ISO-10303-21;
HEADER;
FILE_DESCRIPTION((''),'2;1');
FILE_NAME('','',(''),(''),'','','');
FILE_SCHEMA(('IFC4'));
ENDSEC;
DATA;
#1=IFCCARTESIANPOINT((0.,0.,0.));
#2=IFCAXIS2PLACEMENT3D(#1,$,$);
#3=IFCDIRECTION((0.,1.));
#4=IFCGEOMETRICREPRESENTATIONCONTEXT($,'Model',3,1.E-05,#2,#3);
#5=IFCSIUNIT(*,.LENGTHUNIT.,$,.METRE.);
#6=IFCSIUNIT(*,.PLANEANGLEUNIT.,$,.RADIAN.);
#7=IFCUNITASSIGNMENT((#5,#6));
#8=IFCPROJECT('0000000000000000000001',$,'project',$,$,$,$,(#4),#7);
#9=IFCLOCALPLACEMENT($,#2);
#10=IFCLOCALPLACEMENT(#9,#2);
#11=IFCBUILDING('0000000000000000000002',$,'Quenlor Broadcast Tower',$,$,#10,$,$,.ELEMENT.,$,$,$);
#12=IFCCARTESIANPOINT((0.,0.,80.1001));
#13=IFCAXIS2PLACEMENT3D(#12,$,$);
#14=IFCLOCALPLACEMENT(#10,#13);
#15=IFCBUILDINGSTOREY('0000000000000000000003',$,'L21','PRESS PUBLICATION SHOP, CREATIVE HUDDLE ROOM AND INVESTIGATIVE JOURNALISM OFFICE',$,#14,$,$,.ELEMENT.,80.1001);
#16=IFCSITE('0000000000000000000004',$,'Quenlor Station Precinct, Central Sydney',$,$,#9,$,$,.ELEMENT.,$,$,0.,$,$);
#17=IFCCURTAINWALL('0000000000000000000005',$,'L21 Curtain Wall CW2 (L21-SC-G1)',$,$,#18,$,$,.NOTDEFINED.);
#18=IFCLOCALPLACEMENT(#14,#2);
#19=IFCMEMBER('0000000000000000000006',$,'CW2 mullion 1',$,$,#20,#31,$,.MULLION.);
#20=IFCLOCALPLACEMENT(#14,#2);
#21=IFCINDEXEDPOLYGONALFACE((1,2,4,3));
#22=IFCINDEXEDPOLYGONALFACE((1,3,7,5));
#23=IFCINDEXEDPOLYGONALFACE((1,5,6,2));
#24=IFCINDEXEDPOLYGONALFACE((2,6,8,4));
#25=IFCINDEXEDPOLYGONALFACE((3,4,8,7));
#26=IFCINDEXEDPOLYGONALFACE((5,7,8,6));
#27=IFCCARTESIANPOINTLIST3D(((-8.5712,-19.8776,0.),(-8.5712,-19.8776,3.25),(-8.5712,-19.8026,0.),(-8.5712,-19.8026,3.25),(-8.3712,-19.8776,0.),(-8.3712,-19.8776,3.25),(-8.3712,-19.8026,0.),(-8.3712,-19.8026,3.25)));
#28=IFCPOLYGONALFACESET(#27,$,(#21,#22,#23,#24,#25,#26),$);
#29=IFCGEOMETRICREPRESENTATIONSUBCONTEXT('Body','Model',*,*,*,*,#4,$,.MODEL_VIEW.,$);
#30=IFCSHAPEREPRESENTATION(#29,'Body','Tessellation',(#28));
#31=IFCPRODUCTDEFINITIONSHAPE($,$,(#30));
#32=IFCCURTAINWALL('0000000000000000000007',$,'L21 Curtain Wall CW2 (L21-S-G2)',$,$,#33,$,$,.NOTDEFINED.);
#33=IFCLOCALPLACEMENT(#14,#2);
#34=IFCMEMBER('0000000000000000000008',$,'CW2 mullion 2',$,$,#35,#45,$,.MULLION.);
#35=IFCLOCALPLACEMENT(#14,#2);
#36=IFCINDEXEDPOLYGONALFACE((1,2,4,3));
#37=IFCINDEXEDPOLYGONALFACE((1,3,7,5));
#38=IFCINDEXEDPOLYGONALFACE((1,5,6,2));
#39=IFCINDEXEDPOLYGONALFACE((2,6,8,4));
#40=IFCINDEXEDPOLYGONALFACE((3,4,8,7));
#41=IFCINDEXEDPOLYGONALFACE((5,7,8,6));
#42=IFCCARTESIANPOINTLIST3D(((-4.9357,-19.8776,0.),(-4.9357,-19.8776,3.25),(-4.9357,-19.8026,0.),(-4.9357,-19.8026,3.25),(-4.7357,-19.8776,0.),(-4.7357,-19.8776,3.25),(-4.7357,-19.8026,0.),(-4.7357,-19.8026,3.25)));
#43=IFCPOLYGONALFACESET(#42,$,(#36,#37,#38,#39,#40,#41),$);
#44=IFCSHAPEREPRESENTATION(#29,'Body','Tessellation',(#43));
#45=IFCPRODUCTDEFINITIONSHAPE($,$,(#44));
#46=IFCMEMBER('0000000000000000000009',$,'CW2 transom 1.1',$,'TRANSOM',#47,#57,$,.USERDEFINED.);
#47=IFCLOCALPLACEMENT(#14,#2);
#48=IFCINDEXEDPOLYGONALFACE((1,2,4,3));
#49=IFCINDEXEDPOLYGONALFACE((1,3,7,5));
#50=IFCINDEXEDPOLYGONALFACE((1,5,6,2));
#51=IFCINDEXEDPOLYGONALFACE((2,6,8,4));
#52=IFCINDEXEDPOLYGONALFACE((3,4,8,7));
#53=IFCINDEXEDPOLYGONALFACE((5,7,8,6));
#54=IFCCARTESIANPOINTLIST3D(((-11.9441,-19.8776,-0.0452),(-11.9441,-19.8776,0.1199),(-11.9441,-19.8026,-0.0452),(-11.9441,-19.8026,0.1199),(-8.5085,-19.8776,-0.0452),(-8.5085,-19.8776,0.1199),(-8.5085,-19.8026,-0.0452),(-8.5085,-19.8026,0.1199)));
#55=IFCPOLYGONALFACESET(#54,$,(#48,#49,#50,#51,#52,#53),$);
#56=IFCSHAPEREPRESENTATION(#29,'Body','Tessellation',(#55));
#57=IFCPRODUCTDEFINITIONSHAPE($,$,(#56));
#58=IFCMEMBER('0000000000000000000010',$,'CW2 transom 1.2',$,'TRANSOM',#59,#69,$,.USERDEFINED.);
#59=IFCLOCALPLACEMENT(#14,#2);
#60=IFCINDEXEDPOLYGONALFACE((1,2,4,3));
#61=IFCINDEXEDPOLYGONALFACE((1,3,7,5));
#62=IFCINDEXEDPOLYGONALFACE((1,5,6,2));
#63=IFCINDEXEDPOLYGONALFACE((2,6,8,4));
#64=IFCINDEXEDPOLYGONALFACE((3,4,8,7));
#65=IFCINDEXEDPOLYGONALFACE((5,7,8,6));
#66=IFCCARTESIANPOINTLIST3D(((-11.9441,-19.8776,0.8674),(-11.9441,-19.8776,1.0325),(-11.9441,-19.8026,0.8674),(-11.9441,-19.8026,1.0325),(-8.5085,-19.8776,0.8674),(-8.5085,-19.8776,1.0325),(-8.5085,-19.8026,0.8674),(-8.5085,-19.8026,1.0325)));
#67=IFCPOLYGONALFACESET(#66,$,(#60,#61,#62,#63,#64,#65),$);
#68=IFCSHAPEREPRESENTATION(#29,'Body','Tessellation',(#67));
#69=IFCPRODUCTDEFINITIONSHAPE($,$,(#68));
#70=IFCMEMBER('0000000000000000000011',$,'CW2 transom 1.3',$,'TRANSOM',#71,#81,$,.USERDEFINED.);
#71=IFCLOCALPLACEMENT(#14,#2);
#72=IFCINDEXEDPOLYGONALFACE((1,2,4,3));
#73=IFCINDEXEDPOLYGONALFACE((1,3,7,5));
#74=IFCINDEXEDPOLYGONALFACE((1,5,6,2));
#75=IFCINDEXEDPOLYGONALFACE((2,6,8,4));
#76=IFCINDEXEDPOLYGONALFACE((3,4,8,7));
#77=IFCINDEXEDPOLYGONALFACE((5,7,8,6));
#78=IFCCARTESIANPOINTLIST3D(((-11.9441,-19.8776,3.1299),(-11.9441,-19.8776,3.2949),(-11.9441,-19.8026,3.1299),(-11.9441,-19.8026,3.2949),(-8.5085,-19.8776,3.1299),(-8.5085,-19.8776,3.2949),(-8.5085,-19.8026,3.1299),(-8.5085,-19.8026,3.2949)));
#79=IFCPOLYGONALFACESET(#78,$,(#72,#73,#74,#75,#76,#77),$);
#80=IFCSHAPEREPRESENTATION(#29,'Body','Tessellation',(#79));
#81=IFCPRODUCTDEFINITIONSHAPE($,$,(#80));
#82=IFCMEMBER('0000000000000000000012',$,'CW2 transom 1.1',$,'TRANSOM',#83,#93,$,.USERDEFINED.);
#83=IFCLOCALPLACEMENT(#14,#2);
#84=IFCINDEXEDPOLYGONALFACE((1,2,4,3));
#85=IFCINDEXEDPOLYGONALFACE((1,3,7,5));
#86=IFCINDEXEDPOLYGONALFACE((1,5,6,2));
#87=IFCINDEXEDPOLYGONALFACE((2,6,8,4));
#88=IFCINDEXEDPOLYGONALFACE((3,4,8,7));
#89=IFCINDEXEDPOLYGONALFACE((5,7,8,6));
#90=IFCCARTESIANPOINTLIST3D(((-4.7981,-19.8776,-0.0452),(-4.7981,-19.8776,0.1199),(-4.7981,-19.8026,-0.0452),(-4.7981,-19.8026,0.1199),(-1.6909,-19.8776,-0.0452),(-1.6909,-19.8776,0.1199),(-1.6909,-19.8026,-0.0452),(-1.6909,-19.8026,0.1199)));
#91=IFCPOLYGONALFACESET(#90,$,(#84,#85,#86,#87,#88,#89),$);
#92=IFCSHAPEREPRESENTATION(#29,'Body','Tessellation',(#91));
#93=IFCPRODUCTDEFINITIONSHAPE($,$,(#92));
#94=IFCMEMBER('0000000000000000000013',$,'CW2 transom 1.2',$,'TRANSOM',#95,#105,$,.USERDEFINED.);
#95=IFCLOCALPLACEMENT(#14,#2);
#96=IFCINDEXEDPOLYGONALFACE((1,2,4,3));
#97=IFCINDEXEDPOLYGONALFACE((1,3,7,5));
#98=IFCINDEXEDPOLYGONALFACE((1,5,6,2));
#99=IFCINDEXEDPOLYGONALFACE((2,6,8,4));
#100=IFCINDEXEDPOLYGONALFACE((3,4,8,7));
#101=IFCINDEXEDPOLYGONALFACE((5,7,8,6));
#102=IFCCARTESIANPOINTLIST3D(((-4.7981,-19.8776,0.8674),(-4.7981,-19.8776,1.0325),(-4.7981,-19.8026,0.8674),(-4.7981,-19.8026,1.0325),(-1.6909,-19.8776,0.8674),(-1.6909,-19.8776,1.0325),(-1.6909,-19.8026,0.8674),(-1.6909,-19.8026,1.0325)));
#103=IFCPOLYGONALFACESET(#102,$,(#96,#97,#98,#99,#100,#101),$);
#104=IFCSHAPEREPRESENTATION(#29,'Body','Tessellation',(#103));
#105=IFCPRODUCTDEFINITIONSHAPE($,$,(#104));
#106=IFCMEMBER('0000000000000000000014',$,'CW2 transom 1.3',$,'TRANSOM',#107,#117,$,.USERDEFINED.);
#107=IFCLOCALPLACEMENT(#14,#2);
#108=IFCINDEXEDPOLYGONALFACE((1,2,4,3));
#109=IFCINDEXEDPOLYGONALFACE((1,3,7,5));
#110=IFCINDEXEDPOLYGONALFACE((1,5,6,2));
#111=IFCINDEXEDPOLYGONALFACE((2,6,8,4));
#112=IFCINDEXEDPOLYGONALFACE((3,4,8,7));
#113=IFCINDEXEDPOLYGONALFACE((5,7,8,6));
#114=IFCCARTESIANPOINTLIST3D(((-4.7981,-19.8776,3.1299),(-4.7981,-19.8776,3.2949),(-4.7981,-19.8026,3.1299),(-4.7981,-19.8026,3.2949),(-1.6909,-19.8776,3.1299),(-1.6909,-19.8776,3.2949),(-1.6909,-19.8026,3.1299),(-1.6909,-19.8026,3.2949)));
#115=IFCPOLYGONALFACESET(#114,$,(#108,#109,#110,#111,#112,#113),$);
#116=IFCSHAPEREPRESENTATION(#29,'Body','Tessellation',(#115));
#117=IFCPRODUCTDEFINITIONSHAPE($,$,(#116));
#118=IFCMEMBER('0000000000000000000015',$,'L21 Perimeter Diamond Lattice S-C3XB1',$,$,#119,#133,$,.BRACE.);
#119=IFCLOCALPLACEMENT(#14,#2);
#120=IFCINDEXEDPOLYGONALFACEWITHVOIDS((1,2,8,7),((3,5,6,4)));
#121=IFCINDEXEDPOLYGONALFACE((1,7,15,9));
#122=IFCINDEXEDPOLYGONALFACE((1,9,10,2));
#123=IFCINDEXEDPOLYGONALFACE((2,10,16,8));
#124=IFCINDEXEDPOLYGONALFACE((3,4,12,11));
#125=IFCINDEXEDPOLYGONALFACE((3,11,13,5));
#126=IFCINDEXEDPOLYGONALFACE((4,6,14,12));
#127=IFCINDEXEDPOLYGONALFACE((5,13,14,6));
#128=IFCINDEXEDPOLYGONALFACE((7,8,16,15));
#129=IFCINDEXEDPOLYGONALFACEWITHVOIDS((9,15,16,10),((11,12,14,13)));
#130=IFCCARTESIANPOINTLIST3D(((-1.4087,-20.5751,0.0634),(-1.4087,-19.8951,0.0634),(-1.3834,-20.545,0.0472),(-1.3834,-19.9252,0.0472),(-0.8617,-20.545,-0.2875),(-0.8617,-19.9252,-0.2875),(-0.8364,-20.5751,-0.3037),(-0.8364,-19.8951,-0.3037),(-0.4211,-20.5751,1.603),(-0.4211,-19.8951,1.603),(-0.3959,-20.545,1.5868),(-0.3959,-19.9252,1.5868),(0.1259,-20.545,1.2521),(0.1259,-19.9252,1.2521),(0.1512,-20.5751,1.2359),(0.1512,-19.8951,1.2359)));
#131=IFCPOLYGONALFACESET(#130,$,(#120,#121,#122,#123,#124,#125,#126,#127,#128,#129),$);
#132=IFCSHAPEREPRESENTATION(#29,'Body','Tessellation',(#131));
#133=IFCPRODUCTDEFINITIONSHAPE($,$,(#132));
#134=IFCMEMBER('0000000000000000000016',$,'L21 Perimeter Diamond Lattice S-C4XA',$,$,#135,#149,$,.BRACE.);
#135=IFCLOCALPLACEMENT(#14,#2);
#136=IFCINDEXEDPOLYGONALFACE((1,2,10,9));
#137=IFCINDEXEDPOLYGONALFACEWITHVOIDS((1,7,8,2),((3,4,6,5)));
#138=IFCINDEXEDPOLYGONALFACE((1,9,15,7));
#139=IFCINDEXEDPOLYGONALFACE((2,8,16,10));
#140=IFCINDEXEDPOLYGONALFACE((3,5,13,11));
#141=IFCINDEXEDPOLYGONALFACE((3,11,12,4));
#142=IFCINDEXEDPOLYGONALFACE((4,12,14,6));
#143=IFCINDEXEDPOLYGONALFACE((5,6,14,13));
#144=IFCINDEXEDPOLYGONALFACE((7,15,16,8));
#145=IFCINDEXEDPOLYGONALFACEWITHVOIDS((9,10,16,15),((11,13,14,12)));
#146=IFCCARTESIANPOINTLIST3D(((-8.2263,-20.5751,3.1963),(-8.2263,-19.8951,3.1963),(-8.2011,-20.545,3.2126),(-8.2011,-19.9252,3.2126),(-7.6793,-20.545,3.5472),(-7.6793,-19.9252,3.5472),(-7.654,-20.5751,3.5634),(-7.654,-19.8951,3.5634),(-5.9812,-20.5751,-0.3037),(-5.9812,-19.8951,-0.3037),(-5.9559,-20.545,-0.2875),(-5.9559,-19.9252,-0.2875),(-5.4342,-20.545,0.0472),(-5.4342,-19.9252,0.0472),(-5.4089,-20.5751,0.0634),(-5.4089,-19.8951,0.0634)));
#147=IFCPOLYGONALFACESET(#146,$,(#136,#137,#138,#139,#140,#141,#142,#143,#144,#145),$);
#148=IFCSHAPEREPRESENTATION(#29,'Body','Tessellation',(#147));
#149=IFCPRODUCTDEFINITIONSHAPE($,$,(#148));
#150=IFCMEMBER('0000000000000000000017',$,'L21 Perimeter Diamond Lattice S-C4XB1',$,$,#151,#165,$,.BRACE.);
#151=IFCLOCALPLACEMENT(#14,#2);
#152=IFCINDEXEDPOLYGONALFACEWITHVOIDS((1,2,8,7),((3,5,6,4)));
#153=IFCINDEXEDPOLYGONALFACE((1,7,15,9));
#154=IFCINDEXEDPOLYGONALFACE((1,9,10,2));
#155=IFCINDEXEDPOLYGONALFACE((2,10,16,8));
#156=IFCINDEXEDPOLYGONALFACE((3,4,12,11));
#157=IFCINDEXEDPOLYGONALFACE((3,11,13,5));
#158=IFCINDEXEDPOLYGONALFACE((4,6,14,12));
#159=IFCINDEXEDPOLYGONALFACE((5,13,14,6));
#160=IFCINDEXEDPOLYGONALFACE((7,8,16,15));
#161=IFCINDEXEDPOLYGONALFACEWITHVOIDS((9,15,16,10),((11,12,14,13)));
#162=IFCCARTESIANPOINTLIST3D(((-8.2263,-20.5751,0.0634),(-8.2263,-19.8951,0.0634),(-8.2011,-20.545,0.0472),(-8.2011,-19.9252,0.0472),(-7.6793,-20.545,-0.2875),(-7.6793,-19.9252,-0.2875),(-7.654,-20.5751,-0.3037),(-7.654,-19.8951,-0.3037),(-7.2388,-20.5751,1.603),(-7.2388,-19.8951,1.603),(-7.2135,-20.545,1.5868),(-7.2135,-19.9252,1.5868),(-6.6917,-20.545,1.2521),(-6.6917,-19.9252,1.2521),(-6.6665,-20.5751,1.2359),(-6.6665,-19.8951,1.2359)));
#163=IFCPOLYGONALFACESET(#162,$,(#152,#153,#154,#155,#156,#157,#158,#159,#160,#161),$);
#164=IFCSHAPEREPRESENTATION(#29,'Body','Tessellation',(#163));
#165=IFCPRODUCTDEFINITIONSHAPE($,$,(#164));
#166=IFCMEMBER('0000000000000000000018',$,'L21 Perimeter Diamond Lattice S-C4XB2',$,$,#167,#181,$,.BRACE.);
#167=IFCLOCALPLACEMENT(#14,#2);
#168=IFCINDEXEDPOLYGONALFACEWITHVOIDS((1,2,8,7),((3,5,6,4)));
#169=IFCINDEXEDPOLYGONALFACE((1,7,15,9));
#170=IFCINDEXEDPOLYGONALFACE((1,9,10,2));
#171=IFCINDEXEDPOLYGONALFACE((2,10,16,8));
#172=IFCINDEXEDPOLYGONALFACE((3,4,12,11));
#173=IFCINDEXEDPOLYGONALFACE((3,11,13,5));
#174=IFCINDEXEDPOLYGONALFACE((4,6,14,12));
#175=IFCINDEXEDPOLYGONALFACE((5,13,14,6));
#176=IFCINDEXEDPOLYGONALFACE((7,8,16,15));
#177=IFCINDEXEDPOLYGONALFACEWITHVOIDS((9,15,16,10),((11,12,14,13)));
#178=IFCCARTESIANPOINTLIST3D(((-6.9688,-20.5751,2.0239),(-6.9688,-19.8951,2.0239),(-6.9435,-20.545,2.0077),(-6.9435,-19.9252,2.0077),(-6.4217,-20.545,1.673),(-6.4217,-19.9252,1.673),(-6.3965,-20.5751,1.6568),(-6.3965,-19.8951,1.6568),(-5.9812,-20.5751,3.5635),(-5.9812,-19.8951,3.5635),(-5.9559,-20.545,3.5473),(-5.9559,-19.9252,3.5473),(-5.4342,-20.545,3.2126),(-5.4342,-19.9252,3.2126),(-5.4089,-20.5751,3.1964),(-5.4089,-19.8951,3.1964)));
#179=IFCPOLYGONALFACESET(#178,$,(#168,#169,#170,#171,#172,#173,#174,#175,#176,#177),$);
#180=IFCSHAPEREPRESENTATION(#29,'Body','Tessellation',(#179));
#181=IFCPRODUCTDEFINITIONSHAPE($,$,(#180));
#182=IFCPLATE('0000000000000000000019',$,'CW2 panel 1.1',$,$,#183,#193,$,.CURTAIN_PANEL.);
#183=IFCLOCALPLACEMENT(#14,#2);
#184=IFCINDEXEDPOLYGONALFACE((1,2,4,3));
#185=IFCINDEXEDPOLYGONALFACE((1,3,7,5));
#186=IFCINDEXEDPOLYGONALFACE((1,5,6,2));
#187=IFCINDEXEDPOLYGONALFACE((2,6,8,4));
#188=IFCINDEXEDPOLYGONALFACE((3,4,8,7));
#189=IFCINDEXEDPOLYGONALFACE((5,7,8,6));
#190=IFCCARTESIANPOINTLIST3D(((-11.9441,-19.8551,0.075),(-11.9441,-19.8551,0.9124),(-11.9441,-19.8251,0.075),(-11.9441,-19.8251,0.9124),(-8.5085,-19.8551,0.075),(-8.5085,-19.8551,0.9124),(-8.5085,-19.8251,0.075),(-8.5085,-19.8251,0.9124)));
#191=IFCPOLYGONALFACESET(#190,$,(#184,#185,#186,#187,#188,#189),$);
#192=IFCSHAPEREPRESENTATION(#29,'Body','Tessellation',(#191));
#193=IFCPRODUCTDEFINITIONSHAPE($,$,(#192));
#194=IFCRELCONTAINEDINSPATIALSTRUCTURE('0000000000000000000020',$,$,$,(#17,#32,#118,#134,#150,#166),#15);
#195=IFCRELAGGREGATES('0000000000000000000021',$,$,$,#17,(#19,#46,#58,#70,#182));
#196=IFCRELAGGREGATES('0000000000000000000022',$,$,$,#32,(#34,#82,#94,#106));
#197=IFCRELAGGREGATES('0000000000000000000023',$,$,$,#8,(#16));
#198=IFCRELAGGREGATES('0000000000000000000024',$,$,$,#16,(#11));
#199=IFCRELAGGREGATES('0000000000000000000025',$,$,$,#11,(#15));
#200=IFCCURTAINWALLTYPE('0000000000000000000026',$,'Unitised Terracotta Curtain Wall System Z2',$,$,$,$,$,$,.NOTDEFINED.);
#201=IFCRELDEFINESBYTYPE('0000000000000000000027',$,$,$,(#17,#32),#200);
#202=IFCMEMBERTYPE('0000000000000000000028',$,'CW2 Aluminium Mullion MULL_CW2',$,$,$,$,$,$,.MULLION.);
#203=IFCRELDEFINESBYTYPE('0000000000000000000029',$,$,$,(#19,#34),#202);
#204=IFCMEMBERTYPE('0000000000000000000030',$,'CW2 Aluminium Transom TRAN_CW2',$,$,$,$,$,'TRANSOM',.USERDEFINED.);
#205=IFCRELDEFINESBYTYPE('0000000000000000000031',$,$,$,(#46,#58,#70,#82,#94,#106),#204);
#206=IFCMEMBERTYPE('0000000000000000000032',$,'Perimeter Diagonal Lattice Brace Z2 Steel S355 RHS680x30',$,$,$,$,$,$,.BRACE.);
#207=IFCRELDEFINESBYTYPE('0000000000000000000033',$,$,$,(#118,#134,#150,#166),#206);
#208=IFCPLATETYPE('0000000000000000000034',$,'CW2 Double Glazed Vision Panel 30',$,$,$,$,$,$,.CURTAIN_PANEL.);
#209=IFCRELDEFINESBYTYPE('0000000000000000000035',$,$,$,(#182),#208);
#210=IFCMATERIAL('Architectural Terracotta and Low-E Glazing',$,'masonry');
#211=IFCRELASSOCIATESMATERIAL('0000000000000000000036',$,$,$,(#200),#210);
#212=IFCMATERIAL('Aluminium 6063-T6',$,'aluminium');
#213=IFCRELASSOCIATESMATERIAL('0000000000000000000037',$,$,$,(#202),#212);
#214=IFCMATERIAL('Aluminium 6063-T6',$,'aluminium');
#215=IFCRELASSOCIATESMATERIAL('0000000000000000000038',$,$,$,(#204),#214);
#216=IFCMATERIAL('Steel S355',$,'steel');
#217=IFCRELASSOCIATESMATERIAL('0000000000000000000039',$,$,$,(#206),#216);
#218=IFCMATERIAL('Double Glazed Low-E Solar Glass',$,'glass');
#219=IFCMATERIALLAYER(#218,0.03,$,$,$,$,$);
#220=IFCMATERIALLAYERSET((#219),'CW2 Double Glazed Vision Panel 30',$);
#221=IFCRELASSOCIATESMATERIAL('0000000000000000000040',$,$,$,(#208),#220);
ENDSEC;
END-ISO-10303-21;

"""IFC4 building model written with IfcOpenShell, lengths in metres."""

from ifc_helpers import new_model, si_unit, direction, frame, origin, origin_2d, place, context, subcontext, project, spatial, rectangle, hollow_rectangle, extrude, material, layer, layer_set, material_profile, profile_set, type_object, element, aggregate, save


model = new_model("IFC4")

# Units and contexts
model_context = context("Model", 3, precision=1e-05, world=origin(), true_north=direction((0.0, 1.0)))
body_context = subcontext(model_context, "Body", "Model", "MODEL_VIEW")
ifc_project = project(units=[si_unit("LENGTHUNIT", "METRE"), si_unit("PLANEANGLEUNIT", "RADIAN")], contexts=[model_context])

# Site, building, storey
site_placement = place(None, origin())
site = spatial("IfcSite", under=ifc_project, at=site_placement, Name="Quenlor Station Precinct, Central Sydney", CompositionType="ELEMENT", RefElevation=0.0)
building_placement = place(site_placement, origin())
building = spatial("IfcBuilding", under=site, at=building_placement, Name="Quenlor Broadcast Tower", CompositionType="ELEMENT")
storey_placement = place(building_placement, frame((0.0, 0.0, 80.1001)))
storey = spatial("IfcBuildingStorey", under=building, at=storey_placement, Name="L21", Description="PRESS PUBLICATION SHOP, CREATIVE HUDDLE ROOM AND INVESTIGATIVE JOURNALISM OFFICE", CompositionType="ELEMENT", Elevation=80.1001)

# Curtain walls, members
ifc_material_1 = material(Name="Architectural Terracotta and Low-E Glazing", Category="masonry")
curtain_wall_type = type_object("IfcCurtainWallType", Name="Unitised Terracotta Curtain Wall System Z2", PredefinedType="NOTDEFINED", material=ifc_material_1)
curtain_wall_1_placement = place(storey_placement, origin())
curtain_wall_1 = element("IfcCurtainWall", 1, at=curtain_wall_1_placement, inside=storey, type_object=curtain_wall_type, Name="L21 Curtain Wall CW2 (L21-SC-G1)", PredefinedType="NOTDEFINED")
ifc_material_2 = material(Name="Aluminium 6063-T6", Category="aluminium")
ifc_material_profile_1 = material_profile(ifc_material_2, rectangle(XDim=0.075, YDim=0.2, at=origin_2d()))
ifc_profile_set_1 = profile_set([ifc_material_profile_1], Name="Aluminium 6063-T6 MULL75x200")
member_type_1 = type_object("IfcMemberType", Name="CW2 Aluminium Mullion MULL_CW2", PredefinedType="MULLION", material=ifc_profile_set_1)
member_1_placement = place(storey_placement, frame((-8.4712, -19.8401, 0.0), z_axis=(0.0, 0.0, 1.0), x_axis=(0.0, -1.0, 0.0)))
member_1 = element("IfcMember", 2, at=member_1_placement, type_object=member_type_1, Name="CW2 mullion 1", PredefinedType="MULLION", context=body_context, shape_type="SweptSolid", body=[
    extrude(rectangle(XDim=0.075, YDim=0.2, at=origin_2d()), origin(), (0.0, 0.0, 1.0), 3.25),
])
curtain_wall_2_placement = place(storey_placement, origin())
curtain_wall_2 = element("IfcCurtainWall", 3, at=curtain_wall_2_placement, inside=storey, type_object=curtain_wall_type, Name="L21 Curtain Wall CW2 (L21-S-G2)", PredefinedType="NOTDEFINED")
member_2_placement = place(storey_placement, frame((-4.8357, -19.8401, 0.0), z_axis=(0.0, 0.0, 1.0), x_axis=(0.0, -1.0, 0.0)))
member_2 = element("IfcMember", 4, at=member_2_placement, type_object=member_type_1, Name="CW2 mullion 2", PredefinedType="MULLION", context=body_context, shape_type="SweptSolid", body=[
    extrude(rectangle(XDim=0.075, YDim=0.2, at=origin_2d()), origin(), (0.0, 0.0, 1.0), 3.25),
])

# Members
ifc_material_3 = material(Name="Aluminium 6063-T6", Category="aluminium")
ifc_material_profile_2 = material_profile(ifc_material_3, rectangle(XDim=0.075, YDim=0.165, at=origin_2d()))
ifc_profile_set_2 = profile_set([ifc_material_profile_2], Name="Aluminium 6063-T6 TRAN75x165")
member_type_2 = type_object("IfcMemberType", Name="CW2 Aluminium Transom TRAN_CW2", ElementType="TRANSOM", PredefinedType="USERDEFINED", material=ifc_profile_set_2)
member_3_placement = place(storey_placement, frame((-8.5085, -19.8401, 0.0374), z_axis=(-1.0, 0.0, 0.0), x_axis=(0.0, -1.0, 0.0)))
member_3 = element("IfcMember", 5, at=member_3_placement, type_object=member_type_2, Name="CW2 transom 1.1", ObjectType="TRANSOM", PredefinedType="USERDEFINED", context=body_context, shape_type="SweptSolid", body=[
    extrude(rectangle(XDim=0.075, YDim=0.165, at=origin_2d()), origin(), (0.0, 0.0, 1.0), 3.4355),
])
member_4_placement = place(storey_placement, frame((-8.5085, -19.8401, 0.95), z_axis=(-1.0, 0.0, 0.0), x_axis=(0.0, -1.0, 0.0)))
member_4 = element("IfcMember", 6, at=member_4_placement, type_object=member_type_2, Name="CW2 transom 1.2", ObjectType="TRANSOM", PredefinedType="USERDEFINED", context=body_context, shape_type="SweptSolid", body=[
    extrude(rectangle(XDim=0.075, YDim=0.165, at=origin_2d()), origin(), (0.0, 0.0, 1.0), 3.4355),
])
member_5_placement = place(storey_placement, frame((-8.5085, -19.8401, 3.2124), z_axis=(-1.0, 0.0, 0.0), x_axis=(0.0, -1.0, 0.0)))
member_5 = element("IfcMember", 7, at=member_5_placement, type_object=member_type_2, Name="CW2 transom 1.3", ObjectType="TRANSOM", PredefinedType="USERDEFINED", context=body_context, shape_type="SweptSolid", body=[
    extrude(rectangle(XDim=0.075, YDim=0.165, at=origin_2d()), origin(), (0.0, 0.0, 1.0), 3.4355),
])
member_6_placement = place(storey_placement, frame((-1.6909, -19.8401, 0.0374), z_axis=(-1.0, 0.0, 0.0), x_axis=(0.0, -1.0, 0.0)))
member_6 = element("IfcMember", 8, at=member_6_placement, type_object=member_type_2, Name="CW2 transom 1.1", ObjectType="TRANSOM", PredefinedType="USERDEFINED", context=body_context, shape_type="SweptSolid", body=[
    extrude(rectangle(XDim=0.075, YDim=0.165, at=origin_2d()), origin(), (0.0, 0.0, 1.0), 3.1072),
])
member_7_placement = place(storey_placement, frame((-1.6909, -19.8401, 0.95), z_axis=(-1.0, 0.0, 0.0), x_axis=(0.0, -1.0, 0.0)))
member_7 = element("IfcMember", 9, at=member_7_placement, type_object=member_type_2, Name="CW2 transom 1.2", ObjectType="TRANSOM", PredefinedType="USERDEFINED", context=body_context, shape_type="SweptSolid", body=[
    extrude(rectangle(XDim=0.075, YDim=0.165, at=origin_2d()), origin(), (0.0, 0.0, 1.0), 3.1072),
])
member_8_placement = place(storey_placement, frame((-1.6909, -19.8401, 3.2124), z_axis=(-1.0, 0.0, 0.0), x_axis=(0.0, -1.0, 0.0)))
member_8 = element("IfcMember", 10, at=member_8_placement, type_object=member_type_2, Name="CW2 transom 1.3", ObjectType="TRANSOM", PredefinedType="USERDEFINED", context=body_context, shape_type="SweptSolid", body=[
    extrude(rectangle(XDim=0.075, YDim=0.165, at=origin_2d()), origin(), (0.0, 0.0, 1.0), 3.1072),
])

# Members
ifc_material_4 = material(Name="Steel S355", Category="steel")
ifc_material_profile_3 = material_profile(ifc_material_4, hollow_rectangle(XDim=0.6799, YDim=0.6799, WallThickness=0.03, at=origin_2d()))
ifc_profile_set_3 = profile_set([ifc_material_profile_3], Name="Steel S355 RHS680x680x30")
member_type_3 = type_object("IfcMemberType", Name="Perimeter Diagonal Lattice Brace Z2 Steel S355 RHS680x30", PredefinedType="BRACE", material=ifc_profile_set_3)
member_9_placement = place(storey_placement, frame((-1.1226, -20.2351, -0.1201), z_axis=(0.539921, 0.0, 0.841716), x_axis=(0.0, 1.0, 0.0)))
element("IfcMember", 11, at=member_9_placement, inside=storey, type_object=member_type_3, Name="L21 Perimeter Diamond Lattice S-C3XB1", PredefinedType="BRACE", context=body_context, shape_type="SweptSolid", body=[
    extrude(hollow_rectangle(XDim=0.6799, YDim=0.6799, WallThickness=0.03, at=origin_2d()), origin(), (0.0, 0.0, 1.0), 1.8291),
])
member_10_placement = place(storey_placement, frame((-5.6951, -20.2351, -0.1201), z_axis=(-0.539926, 0.0, 0.841712), x_axis=(0.0, -1.0, 0.0)))
element("IfcMember", 12, at=member_10_placement, inside=storey, type_object=member_type_3, Name="L21 Perimeter Diamond Lattice S-C4XA", PredefinedType="BRACE", context=body_context, shape_type="SweptSolid", body=[
    extrude(hollow_rectangle(XDim=0.6799, YDim=0.6799, WallThickness=0.03, at=origin_2d()), origin(), (0.0, 0.0, 1.0), 4.1582),
])
for number, where, z_axis, x_axis, name in (
    (13, (-7.9402, -20.2351, -0.1201), (0.539921, 0.0, 0.841716), (0.0, 1.0, 0.0), "L21 Perimeter Diamond Lattice S-C4XB1"),
    (14, (-6.6826, -20.2351, 1.8403), (0.539921, 0.0, 0.841716), (0.0, 1.0, 0.0), "L21 Perimeter Diamond Lattice S-C4XB2"),
):
    element("IfcMember", number, at=place(storey_placement, frame(where, z_axis=z_axis, x_axis=x_axis)), inside=storey, type_object=member_type_3, Name=name, PredefinedType="BRACE", context=body_context, shape_type="SweptSolid", body=[
        extrude(hollow_rectangle(XDim=0.6799, YDim=0.6799, WallThickness=0.03, at=origin_2d()), origin(), (0.0, 0.0, 1.0), 1.8291),
    ])

# Plate
ifc_material_5 = material(Name="Double Glazed Low-E Solar Glass", Category="glass")
ifc_layer_1 = layer(ifc_material_5, 0.03)
ifc_layer_set_1 = layer_set([ifc_layer_1], Name="CW2 Double Glazed Vision Panel 30")
plate_type_1 = type_object("IfcPlateType", Name="CW2 Double Glazed Vision Panel 30", PredefinedType="CURTAIN_PANEL", material=ifc_layer_set_1)
plate_1_placement = place(storey_placement, frame((-10.2263, -19.8401, 0.075), z_axis=(0.0, 0.0, 1.0), x_axis=(-1.0, 0.0, 0.0)))
plate_1 = element("IfcPlate", 15, at=plate_1_placement, type_object=plate_type_1, Name="CW2 panel 1.1", PredefinedType="CURTAIN_PANEL", context=body_context, shape_type="SweptSolid", body=[
    extrude(rectangle(XDim=3.4355, YDim=0.03, at=origin_2d()), origin(), (0.0, 0.0, 1.0), 0.8374),
])
aggregate(curtain_wall_1, [member_1, member_3, member_4, member_5, plate_1])
aggregate(curtain_wall_2, [member_2, member_6, member_7, member_8])

save(model, "model.ifc")
